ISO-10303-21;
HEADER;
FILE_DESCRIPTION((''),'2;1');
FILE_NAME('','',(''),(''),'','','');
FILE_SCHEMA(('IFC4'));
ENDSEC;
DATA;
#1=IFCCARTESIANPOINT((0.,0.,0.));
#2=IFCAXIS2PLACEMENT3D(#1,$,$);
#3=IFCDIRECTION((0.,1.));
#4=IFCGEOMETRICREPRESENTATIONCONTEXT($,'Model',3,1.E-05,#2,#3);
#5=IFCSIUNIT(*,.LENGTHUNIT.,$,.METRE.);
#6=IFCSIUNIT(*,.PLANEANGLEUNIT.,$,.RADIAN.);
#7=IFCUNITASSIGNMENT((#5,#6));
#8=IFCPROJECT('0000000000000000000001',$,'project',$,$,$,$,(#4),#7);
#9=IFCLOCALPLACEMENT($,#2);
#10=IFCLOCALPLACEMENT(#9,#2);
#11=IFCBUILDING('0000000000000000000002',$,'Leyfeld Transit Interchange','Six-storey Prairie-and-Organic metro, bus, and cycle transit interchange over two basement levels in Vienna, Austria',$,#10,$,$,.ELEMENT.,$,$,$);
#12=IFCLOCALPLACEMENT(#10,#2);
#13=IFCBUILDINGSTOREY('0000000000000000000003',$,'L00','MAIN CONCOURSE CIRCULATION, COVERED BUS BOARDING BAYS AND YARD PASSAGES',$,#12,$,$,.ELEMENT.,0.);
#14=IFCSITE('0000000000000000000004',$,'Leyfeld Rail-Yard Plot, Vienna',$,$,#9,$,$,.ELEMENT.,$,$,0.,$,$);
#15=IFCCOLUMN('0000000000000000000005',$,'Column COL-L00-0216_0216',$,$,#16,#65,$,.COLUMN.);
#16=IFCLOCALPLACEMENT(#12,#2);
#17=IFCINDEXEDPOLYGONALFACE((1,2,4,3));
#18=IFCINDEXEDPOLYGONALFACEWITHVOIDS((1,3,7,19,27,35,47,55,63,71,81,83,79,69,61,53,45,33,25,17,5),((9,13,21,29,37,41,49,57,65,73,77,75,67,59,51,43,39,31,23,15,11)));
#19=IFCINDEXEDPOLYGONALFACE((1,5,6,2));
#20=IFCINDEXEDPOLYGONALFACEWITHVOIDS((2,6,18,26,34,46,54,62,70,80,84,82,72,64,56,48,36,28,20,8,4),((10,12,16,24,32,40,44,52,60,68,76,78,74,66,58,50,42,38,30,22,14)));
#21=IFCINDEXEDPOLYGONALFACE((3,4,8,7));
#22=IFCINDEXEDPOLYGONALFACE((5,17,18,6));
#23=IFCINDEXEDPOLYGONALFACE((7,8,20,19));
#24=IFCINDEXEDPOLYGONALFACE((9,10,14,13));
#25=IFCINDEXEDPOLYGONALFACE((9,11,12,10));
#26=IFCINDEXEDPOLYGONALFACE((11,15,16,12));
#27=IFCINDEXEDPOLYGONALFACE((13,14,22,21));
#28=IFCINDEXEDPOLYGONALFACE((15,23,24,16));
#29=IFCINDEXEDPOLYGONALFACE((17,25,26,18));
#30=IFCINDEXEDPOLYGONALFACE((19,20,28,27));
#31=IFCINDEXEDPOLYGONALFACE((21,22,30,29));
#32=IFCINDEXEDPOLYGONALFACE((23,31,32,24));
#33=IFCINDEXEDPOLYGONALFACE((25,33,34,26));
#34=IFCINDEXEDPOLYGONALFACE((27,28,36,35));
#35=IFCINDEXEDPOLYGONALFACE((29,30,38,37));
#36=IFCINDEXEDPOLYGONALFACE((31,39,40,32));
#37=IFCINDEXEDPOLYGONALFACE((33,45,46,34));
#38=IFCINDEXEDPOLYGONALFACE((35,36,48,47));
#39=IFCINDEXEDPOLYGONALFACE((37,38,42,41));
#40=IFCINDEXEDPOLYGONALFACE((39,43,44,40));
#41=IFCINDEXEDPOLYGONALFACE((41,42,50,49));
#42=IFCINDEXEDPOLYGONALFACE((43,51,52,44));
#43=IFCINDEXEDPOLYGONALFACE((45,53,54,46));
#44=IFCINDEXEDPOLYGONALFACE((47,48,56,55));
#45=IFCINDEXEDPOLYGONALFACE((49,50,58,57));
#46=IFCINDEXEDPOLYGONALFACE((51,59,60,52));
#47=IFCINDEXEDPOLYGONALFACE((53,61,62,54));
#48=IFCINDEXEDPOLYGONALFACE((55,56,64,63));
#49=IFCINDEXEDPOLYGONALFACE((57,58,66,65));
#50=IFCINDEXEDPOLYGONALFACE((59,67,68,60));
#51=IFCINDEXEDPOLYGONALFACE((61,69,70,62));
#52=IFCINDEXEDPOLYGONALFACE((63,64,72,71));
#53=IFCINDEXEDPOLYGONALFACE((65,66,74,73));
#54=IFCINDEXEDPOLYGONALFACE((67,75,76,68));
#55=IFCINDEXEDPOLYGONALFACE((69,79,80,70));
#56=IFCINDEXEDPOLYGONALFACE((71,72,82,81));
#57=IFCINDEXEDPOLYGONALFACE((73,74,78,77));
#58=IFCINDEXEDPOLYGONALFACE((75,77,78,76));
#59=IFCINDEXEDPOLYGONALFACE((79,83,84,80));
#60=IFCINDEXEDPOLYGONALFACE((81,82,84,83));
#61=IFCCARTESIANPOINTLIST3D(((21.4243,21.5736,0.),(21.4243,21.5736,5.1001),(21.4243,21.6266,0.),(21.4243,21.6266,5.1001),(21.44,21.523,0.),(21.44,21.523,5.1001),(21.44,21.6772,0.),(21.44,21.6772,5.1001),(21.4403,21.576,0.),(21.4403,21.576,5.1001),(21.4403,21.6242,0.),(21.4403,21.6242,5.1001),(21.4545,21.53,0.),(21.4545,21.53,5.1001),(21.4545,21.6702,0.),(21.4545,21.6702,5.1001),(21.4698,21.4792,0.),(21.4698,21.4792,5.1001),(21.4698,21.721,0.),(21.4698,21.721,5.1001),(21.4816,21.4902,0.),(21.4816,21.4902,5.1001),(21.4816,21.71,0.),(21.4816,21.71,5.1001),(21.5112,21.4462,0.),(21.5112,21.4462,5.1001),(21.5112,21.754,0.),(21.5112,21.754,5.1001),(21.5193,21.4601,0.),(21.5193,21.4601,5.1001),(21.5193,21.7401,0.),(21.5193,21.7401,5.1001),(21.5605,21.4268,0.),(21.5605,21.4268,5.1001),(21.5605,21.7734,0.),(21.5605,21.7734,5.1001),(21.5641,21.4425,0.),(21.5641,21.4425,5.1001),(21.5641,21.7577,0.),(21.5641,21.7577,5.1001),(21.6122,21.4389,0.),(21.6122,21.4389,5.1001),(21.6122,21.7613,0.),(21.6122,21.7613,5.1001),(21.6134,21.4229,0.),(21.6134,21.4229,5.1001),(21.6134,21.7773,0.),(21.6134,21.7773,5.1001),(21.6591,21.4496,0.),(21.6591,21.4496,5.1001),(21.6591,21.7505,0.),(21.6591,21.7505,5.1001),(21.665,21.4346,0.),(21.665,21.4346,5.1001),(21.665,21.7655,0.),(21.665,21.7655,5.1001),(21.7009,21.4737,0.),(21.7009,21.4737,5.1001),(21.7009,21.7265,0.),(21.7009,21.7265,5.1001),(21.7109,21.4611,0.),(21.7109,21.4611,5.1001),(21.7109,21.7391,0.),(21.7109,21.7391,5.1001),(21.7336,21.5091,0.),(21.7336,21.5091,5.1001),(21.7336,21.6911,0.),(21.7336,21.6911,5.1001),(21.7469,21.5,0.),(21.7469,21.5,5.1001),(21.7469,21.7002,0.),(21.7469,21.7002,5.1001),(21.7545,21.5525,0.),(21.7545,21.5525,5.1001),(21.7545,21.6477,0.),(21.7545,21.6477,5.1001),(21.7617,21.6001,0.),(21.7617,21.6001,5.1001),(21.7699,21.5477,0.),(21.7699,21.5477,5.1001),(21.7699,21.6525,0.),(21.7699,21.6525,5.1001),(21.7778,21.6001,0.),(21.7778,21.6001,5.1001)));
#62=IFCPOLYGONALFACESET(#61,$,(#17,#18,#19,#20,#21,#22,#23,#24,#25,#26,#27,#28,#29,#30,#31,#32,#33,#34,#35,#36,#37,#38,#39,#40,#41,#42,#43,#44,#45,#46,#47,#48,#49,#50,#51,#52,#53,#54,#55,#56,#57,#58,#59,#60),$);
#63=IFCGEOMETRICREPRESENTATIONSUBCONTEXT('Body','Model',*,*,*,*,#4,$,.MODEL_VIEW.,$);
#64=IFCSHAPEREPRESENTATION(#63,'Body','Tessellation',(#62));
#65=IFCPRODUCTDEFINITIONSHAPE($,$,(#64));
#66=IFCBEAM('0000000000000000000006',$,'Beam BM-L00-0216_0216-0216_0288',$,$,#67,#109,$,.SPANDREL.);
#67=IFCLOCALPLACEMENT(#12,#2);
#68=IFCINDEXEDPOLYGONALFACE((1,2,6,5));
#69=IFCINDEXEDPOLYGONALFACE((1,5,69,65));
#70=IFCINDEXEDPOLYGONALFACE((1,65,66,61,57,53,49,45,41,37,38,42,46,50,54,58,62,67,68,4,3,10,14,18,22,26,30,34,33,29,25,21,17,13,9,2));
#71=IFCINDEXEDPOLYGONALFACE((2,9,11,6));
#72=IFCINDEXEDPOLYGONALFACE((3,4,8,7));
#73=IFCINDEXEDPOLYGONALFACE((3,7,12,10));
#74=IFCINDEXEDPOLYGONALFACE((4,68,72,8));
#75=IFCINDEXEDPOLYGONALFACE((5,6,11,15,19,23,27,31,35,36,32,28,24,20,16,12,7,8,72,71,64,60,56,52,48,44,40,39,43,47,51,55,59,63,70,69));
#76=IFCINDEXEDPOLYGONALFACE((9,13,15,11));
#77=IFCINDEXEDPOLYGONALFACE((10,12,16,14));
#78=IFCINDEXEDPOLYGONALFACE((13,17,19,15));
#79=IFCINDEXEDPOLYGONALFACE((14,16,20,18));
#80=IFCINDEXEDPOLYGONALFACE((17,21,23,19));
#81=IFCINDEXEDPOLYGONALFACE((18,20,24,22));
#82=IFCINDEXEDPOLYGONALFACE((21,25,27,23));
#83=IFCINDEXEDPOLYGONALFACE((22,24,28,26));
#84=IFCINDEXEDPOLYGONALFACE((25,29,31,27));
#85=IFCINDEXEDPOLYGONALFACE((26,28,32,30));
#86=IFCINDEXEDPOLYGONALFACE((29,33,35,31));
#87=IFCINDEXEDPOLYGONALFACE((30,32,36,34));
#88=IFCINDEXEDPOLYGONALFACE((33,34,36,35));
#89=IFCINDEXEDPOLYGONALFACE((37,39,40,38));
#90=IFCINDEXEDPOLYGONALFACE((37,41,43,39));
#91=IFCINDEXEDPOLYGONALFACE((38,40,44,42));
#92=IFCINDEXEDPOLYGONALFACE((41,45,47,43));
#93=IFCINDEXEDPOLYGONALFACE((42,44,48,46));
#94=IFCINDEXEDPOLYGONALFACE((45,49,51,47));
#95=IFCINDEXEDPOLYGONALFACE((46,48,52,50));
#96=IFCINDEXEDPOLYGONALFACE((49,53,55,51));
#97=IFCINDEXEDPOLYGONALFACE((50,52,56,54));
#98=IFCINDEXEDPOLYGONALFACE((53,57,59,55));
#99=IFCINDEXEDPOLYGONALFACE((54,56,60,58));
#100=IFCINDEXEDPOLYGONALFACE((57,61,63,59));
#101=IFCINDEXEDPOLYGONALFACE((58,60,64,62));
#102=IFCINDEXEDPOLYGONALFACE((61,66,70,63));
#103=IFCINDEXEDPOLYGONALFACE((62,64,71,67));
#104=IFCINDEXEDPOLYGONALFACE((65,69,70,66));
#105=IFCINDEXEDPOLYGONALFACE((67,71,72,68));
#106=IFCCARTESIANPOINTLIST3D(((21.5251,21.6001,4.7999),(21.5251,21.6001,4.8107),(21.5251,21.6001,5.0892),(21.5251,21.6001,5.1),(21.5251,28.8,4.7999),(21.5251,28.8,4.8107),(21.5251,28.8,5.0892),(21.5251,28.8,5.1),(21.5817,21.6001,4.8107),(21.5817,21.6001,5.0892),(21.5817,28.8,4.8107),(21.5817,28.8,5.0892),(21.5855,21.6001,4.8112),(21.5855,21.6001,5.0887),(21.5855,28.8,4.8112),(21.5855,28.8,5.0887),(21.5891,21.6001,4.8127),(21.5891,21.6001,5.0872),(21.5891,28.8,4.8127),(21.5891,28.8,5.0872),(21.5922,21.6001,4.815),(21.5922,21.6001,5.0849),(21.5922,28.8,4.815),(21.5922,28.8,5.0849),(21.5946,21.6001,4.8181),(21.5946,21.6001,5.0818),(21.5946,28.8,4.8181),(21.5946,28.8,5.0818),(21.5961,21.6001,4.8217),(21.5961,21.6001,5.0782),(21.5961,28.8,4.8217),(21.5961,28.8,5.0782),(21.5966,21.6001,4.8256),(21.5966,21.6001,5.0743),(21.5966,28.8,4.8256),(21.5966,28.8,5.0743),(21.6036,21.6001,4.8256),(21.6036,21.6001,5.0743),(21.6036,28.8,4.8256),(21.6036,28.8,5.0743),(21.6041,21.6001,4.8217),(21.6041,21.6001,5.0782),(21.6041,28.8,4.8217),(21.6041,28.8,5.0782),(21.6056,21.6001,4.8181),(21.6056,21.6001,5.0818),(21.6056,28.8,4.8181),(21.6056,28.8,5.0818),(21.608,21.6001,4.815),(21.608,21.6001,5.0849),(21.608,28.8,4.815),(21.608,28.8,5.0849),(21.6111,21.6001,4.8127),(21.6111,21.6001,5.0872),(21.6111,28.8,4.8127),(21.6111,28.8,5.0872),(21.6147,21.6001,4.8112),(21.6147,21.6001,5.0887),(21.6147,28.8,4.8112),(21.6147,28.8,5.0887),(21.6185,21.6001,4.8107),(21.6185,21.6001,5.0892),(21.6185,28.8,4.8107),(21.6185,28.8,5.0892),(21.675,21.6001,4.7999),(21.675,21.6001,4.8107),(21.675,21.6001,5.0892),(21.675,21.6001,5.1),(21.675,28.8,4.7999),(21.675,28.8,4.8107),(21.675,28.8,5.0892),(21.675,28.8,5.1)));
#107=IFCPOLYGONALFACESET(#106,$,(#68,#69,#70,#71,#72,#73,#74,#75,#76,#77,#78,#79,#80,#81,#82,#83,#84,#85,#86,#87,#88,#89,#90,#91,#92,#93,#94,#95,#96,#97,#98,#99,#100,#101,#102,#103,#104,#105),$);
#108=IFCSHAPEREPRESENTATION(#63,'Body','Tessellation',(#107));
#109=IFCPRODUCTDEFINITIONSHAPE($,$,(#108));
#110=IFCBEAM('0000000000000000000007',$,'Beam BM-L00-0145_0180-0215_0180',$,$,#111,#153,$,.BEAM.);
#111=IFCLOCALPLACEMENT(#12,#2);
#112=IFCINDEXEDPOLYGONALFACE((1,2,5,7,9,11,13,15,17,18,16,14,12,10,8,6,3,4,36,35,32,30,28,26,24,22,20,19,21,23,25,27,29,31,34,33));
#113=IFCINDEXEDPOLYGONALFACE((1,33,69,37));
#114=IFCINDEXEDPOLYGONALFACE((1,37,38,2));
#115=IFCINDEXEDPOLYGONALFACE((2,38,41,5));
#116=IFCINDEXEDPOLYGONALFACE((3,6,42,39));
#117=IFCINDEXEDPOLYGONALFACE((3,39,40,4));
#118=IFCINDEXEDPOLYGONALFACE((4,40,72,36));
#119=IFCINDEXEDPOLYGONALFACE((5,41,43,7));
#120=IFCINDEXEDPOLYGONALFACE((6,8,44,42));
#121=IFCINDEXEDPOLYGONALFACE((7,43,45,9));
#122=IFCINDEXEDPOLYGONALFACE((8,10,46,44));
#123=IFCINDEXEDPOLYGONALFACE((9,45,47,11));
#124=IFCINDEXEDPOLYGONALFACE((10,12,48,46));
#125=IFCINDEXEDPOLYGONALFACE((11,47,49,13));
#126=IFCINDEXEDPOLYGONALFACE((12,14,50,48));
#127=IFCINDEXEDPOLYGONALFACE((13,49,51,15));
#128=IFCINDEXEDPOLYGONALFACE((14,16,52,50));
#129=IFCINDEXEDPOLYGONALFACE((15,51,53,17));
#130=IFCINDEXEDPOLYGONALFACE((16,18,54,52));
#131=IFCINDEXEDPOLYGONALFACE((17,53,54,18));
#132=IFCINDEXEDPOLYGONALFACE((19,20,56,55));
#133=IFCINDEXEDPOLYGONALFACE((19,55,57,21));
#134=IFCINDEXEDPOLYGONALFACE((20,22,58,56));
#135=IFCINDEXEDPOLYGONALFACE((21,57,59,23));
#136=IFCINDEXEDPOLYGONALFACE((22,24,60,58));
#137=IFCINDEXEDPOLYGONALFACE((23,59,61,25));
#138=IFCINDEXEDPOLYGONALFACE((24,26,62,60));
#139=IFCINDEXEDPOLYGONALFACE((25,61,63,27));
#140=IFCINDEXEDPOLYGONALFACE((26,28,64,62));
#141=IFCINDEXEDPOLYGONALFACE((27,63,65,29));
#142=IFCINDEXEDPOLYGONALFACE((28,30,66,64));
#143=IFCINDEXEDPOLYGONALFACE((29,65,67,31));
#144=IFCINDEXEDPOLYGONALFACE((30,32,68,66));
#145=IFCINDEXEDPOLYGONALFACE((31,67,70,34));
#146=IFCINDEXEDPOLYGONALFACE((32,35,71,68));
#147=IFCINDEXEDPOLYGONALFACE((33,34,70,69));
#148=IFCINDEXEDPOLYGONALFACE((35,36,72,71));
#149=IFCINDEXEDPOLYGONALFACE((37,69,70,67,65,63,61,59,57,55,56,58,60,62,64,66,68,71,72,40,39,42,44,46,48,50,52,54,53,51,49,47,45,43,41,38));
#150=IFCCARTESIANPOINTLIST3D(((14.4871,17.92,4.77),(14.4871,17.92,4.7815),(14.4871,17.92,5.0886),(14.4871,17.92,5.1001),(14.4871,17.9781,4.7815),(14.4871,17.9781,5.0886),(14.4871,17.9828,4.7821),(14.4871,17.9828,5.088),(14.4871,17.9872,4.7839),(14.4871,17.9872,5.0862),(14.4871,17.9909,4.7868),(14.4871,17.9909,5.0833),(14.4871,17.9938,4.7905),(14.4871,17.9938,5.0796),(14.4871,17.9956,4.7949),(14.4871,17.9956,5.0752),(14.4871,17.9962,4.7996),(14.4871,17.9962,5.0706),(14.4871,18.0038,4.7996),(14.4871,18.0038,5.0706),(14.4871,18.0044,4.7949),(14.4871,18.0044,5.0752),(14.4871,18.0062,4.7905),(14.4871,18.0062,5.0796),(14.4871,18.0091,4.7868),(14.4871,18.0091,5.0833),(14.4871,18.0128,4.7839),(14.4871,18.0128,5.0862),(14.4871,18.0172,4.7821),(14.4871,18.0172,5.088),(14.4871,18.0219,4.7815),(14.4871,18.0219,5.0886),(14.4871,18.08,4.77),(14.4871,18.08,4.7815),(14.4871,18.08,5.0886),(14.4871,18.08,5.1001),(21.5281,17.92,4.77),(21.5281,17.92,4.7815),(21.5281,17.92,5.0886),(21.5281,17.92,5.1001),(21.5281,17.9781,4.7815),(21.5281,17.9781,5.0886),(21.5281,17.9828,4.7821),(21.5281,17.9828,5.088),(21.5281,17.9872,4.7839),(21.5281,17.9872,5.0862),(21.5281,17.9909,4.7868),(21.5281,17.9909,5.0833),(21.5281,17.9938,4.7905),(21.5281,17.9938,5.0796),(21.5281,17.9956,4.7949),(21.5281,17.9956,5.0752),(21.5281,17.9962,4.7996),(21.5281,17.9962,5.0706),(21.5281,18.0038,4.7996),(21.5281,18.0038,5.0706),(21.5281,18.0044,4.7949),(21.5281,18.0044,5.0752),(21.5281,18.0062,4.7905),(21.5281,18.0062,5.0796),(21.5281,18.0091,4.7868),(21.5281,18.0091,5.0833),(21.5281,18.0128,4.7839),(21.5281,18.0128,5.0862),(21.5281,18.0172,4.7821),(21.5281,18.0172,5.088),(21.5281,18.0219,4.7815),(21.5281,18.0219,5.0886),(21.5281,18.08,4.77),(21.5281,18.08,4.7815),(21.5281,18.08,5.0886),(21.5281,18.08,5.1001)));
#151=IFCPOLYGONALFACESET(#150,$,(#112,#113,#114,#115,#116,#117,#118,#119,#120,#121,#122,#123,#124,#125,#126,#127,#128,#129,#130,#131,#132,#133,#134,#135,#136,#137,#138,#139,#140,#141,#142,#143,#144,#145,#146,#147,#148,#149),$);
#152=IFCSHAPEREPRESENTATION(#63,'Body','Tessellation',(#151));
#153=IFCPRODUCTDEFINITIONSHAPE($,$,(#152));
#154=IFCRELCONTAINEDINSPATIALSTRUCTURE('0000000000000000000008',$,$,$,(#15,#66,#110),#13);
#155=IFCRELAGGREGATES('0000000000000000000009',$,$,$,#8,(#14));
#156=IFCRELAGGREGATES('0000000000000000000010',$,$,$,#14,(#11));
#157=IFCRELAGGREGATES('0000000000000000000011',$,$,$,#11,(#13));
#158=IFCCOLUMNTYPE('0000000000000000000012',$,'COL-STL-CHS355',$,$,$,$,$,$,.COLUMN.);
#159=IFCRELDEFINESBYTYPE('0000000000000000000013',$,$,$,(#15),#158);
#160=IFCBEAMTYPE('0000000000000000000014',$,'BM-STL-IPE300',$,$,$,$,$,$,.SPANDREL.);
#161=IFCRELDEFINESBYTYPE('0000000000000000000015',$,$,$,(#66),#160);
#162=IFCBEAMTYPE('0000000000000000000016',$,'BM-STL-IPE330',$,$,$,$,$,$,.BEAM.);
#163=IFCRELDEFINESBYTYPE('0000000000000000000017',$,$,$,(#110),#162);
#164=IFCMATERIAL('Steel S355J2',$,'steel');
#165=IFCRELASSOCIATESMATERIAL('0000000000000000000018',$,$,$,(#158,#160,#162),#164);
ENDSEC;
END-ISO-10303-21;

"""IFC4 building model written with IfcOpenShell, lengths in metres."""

from ifc_helpers import new_model, si_unit, direction, frame, origin, origin_2d, place, context, subcontext, project, spatial, hollow_circle, i_section, extrude, material, material_profile, profile_set, type_object, element, save


model = new_model("IFC4")

# Units and contexts
model_context = context("Model", 3, precision=1e-05, world=origin(), true_north=direction((0.0, 1.0)))
body_context = subcontext(model_context, "Body", "Model", "MODEL_VIEW")
ifc_project = project(units=[si_unit("LENGTHUNIT", "METRE"), si_unit("PLANEANGLEUNIT", "RADIAN")], contexts=[model_context])

# Site, building, storey
site_placement = place(None, origin())
site = spatial("IfcSite", under=ifc_project, at=site_placement, Name="Leyfeld Rail-Yard Plot, Vienna", CompositionType="ELEMENT", RefElevation=0.0)
building_placement = place(site_placement, origin())
building = spatial("IfcBuilding", under=site, at=building_placement, Name="Leyfeld Transit Interchange", Description="Six-storey Prairie-and-Organic metro, bus, and cycle transit interchange over two basement levels in Vienna, Austria", CompositionType="ELEMENT")
storey_placement = place(building_placement, origin())
storey = spatial("IfcBuildingStorey", under=building, at=storey_placement, Name="L00", Description="MAIN CONCOURSE CIRCULATION, COVERED BUS BOARDING BAYS AND YARD PASSAGES", CompositionType="ELEMENT", Elevation=0.0)

# Column
ifc_material_1 = material(Name="Steel S355J2", Category="steel")
ifc_material_profile_1 = material_profile(ifc_material_1, hollow_circle(Radius=0.1777, WallThickness=0.0161, at=origin_2d()), Name="CHS 355.6x16")
ifc_profile_set_1 = profile_set([ifc_material_profile_1], Name="Steel S355J2")
column_type = type_object("IfcColumnType", Name="COL-STL-CHS355", PredefinedType="COLUMN", material=ifc_profile_set_1)
column_placement = place(storey_placement, frame((21.6001, 21.6001, 0.0), z_axis=(0.0, 0.0, 1.0), x_axis=(1.0, 0.0, 0.0)))
element("IfcColumn", 1, at=column_placement, inside=storey, type_object=column_type, Name="Column COL-L00-0216_0216", PredefinedType="COLUMN", context=body_context, shape_type="SweptSolid", body=[
    extrude(hollow_circle(Radius=0.1777, WallThickness=0.0161, at=origin_2d()), origin(), (0.0, 0.0, 1.0), 5.1001),
])

# Beams
ifc_material_profile_2 = material_profile(ifc_material_1, i_section(OverallWidth=0.1499, OverallDepth=0.3, WebThickness=0.0071, FlangeThickness=0.0107, FilletRadius=0.0149, at=origin_2d()), Name="IPE 300")
ifc_profile_set_2 = profile_set([ifc_material_profile_2], Name="Steel S355J2")
beam_type_1 = type_object("IfcBeamType", Name="BM-STL-IPE300", PredefinedType="SPANDREL", material=ifc_profile_set_2)
beam_1_placement = place(storey_placement, frame((21.6001, 21.6001, 4.95), z_axis=(0.0, 1.0, 0.0), x_axis=(-1.0, 0.0, 0.0)))
element("IfcBeam", 2, at=beam_1_placement, inside=storey, type_object=beam_type_1, Name="Beam BM-L00-0216_0216-0216_0288", PredefinedType="SPANDREL", context=body_context, shape_type="SweptSolid", body=[
    extrude(i_section(OverallWidth=0.1499, OverallDepth=0.3, WebThickness=0.0071, FlangeThickness=0.0107, FilletRadius=0.0149, at=origin_2d()), origin(), (0.0, 0.0, 1.0), 7.2),
])
ifc_material_profile_3 = material_profile(ifc_material_1, i_section(OverallWidth=0.1599, OverallDepth=0.3301, WebThickness=0.0076, FlangeThickness=0.0115, FilletRadius=0.0181, at=origin_2d()), Name="IPE 330")
ifc_profile_set_3 = profile_set([ifc_material_profile_3], Name="Steel S355J2")
beam_type_2 = type_object("IfcBeamType", Name="BM-STL-IPE330", PredefinedType="BEAM", material=ifc_profile_set_3)
beam_2_placement = place(storey_placement, frame((14.4871, 18.0, 4.9351), z_axis=(1.0, 0.0, 0.0), x_axis=(0.0, 1.0, 0.0)))
element("IfcBeam", 3, at=beam_2_placement, inside=storey, type_object=beam_type_2, Name="Beam BM-L00-0145_0180-0215_0180", PredefinedType="BEAM", context=body_context, shape_type="SweptSolid", body=[
    extrude(i_section(OverallWidth=0.1599, OverallDepth=0.3301, WebThickness=0.0076, FlangeThickness=0.0115, FilletRadius=0.0181, at=origin_2d()), origin(), (0.0, 0.0, 1.0), 7.041),
])

save(model, "model.ifc")
